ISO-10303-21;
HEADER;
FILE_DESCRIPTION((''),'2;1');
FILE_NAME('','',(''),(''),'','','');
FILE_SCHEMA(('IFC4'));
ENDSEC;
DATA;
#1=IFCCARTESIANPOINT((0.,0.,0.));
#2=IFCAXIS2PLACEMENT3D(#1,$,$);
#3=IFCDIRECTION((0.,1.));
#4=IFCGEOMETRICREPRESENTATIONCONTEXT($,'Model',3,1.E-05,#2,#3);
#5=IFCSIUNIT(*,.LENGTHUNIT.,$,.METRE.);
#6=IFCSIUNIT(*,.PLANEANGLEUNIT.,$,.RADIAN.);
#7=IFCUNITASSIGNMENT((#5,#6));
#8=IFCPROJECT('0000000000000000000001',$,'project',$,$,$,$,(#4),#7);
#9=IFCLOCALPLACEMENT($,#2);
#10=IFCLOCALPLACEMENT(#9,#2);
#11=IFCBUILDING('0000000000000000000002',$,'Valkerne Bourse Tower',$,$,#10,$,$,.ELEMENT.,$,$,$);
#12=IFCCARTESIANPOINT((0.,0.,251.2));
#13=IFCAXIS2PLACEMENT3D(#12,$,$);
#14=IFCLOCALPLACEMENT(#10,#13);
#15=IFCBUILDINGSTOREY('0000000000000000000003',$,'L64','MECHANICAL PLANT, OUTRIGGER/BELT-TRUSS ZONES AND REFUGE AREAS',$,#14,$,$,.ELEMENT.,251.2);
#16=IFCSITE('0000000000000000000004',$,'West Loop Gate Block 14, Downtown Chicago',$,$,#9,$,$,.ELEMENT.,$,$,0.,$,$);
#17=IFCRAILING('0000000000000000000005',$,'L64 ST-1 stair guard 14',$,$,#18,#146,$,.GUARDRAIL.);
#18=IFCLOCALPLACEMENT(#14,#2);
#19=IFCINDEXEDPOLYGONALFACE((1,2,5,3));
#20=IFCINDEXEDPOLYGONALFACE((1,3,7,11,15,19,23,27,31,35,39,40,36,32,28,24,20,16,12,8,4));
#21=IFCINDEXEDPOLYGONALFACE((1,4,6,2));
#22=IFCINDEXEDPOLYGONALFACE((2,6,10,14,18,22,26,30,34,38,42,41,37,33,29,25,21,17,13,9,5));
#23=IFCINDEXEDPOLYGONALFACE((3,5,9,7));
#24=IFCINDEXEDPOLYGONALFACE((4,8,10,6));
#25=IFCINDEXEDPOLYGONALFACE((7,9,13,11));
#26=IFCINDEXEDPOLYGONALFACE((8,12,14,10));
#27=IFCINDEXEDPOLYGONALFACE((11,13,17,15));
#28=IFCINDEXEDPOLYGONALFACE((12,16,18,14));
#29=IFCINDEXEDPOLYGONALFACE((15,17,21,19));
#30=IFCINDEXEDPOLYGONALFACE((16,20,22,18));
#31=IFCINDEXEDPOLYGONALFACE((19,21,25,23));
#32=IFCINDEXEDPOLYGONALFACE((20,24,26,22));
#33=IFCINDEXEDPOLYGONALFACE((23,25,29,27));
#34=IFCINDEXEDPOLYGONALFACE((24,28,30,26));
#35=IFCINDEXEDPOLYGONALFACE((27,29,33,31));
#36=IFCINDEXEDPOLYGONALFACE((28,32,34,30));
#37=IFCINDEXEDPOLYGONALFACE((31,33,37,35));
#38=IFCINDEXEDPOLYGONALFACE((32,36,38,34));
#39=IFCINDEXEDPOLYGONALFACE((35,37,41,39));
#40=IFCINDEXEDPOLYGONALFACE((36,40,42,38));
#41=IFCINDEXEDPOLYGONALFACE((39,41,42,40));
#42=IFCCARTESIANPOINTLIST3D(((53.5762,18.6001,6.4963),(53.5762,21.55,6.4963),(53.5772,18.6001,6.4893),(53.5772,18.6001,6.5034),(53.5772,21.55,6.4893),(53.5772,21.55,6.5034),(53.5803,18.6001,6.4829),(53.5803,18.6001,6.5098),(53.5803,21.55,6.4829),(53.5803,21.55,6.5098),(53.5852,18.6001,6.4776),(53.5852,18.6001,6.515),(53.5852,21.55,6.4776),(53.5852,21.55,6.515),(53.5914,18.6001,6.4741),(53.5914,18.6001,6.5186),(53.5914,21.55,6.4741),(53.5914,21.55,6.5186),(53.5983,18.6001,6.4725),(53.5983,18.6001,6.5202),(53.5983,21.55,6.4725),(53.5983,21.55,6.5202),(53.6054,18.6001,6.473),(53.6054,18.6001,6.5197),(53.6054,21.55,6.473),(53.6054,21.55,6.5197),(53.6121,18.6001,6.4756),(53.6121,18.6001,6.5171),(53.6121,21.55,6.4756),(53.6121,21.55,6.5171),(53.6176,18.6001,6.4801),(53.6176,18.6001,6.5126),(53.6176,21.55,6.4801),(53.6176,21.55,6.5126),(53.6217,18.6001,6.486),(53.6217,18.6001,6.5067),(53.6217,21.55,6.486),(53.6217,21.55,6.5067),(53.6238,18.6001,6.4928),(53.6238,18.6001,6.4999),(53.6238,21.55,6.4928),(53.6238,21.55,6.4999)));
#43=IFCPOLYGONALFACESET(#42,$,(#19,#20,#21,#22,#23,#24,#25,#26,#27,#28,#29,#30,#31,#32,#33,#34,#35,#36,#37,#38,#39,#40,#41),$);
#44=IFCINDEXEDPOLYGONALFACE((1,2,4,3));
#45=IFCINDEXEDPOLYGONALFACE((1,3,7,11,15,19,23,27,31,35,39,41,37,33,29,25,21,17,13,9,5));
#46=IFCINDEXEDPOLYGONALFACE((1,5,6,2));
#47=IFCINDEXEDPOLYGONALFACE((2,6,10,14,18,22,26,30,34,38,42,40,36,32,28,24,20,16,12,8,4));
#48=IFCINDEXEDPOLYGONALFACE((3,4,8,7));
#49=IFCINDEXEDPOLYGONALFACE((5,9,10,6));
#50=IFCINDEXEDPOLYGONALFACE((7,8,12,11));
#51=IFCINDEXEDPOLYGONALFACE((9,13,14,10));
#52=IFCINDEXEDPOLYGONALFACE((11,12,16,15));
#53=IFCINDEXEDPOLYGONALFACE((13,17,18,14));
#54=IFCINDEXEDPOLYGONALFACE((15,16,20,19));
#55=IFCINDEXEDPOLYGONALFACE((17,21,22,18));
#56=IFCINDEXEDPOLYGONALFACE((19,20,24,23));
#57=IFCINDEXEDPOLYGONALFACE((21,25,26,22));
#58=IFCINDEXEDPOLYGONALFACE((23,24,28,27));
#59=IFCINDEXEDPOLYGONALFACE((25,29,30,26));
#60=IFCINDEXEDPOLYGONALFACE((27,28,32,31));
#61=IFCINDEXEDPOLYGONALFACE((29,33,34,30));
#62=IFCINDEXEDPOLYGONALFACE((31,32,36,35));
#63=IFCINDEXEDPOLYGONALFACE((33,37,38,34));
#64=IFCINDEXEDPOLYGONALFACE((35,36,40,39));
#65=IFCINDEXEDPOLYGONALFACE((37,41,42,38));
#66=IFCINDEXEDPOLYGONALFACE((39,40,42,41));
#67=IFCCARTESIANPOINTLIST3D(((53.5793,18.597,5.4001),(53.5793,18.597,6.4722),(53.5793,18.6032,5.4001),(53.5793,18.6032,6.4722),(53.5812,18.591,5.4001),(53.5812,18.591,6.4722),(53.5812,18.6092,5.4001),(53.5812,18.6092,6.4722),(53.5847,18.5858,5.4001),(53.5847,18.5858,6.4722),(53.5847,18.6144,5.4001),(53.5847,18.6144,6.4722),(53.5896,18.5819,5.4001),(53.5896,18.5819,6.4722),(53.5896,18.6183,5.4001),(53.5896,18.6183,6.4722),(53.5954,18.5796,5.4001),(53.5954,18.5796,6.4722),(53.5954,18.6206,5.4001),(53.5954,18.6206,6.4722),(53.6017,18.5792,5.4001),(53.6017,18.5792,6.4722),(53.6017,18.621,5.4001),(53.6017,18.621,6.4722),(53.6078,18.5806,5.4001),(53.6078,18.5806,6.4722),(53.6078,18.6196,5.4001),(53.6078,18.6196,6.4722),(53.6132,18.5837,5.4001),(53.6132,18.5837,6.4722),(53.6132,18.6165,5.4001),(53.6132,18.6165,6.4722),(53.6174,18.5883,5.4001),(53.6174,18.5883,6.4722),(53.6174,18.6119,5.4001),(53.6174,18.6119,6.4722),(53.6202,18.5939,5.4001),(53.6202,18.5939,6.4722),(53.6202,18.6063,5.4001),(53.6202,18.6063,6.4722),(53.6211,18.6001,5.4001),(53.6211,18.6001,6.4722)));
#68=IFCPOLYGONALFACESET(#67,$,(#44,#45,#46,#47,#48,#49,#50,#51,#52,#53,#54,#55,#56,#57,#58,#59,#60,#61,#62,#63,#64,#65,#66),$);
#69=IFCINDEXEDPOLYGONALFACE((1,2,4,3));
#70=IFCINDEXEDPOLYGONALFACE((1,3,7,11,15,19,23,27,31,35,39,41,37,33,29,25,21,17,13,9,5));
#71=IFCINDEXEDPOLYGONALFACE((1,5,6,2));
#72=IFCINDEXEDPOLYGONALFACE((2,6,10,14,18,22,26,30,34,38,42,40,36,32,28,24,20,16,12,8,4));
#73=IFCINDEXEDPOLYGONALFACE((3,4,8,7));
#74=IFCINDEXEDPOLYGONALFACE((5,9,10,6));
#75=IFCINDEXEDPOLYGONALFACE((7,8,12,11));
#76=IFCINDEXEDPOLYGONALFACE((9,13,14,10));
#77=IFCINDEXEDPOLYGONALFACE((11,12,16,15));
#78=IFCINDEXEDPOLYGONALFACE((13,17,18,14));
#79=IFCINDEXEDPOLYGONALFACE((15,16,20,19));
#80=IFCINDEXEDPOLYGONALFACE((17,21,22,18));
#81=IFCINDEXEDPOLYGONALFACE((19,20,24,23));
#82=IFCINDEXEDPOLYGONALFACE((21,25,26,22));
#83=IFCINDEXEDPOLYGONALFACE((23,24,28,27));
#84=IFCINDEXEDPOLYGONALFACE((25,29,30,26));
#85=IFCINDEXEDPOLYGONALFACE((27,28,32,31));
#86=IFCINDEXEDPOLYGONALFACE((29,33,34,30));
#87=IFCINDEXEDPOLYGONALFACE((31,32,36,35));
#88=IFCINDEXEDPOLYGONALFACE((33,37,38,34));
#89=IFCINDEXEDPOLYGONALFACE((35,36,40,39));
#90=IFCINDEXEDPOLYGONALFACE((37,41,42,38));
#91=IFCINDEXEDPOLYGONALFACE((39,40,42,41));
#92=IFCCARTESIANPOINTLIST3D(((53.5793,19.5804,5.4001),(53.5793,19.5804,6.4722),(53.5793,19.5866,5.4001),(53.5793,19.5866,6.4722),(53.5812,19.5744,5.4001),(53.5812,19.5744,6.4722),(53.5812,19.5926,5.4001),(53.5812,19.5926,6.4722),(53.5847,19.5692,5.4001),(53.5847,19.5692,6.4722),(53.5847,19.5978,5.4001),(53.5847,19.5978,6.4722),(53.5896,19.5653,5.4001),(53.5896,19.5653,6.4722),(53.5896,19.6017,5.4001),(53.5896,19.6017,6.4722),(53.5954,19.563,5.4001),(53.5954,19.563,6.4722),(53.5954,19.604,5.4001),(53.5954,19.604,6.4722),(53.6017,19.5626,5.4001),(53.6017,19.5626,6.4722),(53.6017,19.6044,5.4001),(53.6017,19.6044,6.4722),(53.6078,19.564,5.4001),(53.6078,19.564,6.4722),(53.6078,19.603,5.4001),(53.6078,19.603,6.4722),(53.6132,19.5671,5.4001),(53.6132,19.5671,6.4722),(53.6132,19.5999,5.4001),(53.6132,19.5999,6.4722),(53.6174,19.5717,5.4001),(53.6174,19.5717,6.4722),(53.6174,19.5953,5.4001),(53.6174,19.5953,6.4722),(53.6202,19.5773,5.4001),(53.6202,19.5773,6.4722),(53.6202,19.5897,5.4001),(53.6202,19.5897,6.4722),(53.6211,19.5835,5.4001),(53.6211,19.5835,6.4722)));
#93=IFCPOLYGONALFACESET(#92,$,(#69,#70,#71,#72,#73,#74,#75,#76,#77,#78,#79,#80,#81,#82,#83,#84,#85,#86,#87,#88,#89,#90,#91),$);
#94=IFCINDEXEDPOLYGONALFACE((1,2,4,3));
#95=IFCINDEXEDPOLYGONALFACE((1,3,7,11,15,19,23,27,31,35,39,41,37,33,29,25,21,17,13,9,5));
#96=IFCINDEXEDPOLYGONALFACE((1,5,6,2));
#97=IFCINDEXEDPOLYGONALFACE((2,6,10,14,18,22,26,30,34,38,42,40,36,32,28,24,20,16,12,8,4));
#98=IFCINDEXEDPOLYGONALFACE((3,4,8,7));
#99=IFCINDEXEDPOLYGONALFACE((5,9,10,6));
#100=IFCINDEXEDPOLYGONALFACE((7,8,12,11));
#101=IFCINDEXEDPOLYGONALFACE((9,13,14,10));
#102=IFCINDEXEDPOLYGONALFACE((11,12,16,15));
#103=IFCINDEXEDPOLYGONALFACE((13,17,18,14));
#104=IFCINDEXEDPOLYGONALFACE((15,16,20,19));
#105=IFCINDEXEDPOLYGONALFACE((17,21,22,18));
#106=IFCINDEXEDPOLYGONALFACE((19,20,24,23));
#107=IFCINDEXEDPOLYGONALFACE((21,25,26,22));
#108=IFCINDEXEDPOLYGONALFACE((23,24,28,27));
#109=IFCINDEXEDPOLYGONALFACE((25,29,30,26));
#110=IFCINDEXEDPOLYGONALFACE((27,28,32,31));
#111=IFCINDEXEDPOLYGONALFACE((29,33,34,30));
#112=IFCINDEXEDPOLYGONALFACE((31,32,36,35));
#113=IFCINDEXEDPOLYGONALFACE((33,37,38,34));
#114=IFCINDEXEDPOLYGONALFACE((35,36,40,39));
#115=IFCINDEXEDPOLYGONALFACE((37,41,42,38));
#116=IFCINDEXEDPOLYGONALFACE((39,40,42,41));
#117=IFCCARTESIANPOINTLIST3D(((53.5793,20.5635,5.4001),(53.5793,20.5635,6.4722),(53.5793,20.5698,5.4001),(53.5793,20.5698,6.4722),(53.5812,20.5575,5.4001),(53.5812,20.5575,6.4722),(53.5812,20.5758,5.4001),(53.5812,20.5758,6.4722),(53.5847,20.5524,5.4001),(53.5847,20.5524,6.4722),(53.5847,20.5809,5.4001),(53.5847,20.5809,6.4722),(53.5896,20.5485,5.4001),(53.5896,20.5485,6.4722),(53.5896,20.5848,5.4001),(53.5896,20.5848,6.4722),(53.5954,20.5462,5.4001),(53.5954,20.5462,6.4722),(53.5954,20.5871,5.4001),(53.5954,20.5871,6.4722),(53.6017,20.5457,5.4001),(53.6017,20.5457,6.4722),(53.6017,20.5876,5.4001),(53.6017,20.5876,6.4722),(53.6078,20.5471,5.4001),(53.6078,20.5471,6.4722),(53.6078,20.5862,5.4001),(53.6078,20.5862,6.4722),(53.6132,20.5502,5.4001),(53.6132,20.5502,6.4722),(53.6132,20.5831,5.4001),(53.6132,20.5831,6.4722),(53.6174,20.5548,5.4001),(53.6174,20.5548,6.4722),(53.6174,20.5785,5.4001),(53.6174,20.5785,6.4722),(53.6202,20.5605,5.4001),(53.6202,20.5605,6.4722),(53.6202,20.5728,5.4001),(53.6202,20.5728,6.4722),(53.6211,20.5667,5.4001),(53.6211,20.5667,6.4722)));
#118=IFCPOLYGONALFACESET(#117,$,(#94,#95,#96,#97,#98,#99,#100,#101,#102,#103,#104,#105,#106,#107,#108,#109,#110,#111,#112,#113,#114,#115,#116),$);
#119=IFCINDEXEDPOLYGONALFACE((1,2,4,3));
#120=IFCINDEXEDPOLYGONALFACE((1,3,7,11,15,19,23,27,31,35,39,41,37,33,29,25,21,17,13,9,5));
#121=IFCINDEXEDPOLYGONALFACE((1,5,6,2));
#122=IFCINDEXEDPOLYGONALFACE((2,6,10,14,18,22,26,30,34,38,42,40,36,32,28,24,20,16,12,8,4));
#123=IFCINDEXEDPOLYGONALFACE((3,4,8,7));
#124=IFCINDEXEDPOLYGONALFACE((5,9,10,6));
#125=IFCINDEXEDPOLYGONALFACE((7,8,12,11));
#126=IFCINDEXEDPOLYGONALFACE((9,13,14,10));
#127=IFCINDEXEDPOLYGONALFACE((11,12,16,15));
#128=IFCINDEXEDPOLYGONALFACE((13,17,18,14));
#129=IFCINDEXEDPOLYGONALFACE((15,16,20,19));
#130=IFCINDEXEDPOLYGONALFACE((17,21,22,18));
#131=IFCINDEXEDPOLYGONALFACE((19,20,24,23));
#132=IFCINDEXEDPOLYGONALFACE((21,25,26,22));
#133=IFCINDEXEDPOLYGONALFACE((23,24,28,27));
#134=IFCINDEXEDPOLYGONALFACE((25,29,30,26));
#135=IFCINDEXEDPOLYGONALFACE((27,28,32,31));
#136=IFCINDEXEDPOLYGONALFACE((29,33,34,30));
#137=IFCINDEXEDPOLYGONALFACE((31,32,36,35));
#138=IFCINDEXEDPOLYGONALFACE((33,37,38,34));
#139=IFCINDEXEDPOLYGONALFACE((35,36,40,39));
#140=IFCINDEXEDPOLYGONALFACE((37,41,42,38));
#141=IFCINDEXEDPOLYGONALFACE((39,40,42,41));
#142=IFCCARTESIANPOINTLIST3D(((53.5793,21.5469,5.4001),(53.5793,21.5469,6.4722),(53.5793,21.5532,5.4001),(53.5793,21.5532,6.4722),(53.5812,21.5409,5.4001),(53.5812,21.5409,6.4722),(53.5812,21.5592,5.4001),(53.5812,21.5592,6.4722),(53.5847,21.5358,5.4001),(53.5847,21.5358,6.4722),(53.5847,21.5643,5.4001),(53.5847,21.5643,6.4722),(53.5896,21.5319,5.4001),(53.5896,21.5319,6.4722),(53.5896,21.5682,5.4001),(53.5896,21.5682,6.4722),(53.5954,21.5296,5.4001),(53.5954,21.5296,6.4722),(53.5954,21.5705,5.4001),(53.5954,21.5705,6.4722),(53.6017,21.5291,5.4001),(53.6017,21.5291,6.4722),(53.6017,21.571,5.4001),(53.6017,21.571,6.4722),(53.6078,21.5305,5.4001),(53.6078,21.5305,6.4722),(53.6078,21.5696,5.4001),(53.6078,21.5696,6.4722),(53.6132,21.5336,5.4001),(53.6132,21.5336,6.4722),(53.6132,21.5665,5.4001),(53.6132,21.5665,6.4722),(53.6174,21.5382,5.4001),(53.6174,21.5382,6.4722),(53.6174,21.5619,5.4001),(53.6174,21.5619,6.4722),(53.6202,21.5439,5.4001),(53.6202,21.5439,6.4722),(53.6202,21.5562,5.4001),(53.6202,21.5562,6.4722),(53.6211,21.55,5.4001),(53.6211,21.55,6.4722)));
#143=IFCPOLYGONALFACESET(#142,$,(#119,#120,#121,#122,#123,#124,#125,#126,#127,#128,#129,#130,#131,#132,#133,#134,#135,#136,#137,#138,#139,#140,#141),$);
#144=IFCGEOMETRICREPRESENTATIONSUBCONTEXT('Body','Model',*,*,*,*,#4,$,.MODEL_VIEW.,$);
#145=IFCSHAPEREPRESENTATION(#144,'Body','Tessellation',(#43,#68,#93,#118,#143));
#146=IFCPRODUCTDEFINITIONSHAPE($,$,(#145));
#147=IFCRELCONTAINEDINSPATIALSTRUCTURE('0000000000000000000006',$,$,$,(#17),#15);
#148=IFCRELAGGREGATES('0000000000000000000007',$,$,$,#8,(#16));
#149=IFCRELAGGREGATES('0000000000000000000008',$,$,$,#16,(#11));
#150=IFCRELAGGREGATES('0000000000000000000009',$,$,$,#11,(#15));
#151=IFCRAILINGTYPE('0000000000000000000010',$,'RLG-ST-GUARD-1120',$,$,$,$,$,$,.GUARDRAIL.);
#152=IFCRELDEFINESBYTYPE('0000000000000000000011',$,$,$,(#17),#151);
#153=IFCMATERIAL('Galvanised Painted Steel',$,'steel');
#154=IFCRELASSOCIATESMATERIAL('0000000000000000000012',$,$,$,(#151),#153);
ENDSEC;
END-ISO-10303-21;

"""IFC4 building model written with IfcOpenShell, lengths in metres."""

from ifc_helpers import new_model, si_unit, direction, frame, origin, origin_2d, place, context, subcontext, project, spatial, circle, extrude, material, type_object, element, save


model = new_model("IFC4")

# Units and contexts
model_context = context("Model", 3, precision=1e-05, world=origin(), true_north=direction((0.0, 1.0)))
body_context = subcontext(model_context, "Body", "Model", "MODEL_VIEW")
ifc_project = project(units=[si_unit("LENGTHUNIT", "METRE"), si_unit("PLANEANGLEUNIT", "RADIAN")], contexts=[model_context])

# Site, building, storey
site_placement = place(None, origin())
site = spatial("IfcSite", under=ifc_project, at=site_placement, Name="West Loop Gate Block 14, Downtown Chicago", CompositionType="ELEMENT", RefElevation=0.0)
building_placement = place(site_placement, origin())
building = spatial("IfcBuilding", under=site, at=building_placement, Name="Valkerne Bourse Tower", CompositionType="ELEMENT")
storey_placement = place(building_placement, frame((0.0, 0.0, 251.2)))
storey = spatial("IfcBuildingStorey", under=building, at=storey_placement, Name="L64", Description="MECHANICAL PLANT, OUTRIGGER/BELT-TRUSS ZONES AND REFUGE AREAS", CompositionType="ELEMENT", Elevation=251.2)

# Railing
ifc_material_1 = material(Name="Galvanised Painted Steel", Category="steel")
railing_type_1 = type_object("IfcRailingType", Name="RLG-ST-GUARD-1120", PredefinedType="GUARDRAIL", material=ifc_material_1)
railing_1_placement = place(storey_placement, frame((53.6001, 18.6001, 5.4001)))
element("IfcRailing", 1, at=railing_1_placement, inside=storey, type_object=railing_type_1, Name="L64 ST-1 stair guard 14", PredefinedType="GUARDRAIL", context=body_context, shape_type="SweptSolid", body=[
    extrude(circle(Radius=0.0239, at=origin_2d()), frame((0.0, 0.0, 1.0962), z_axis=(0.0, 1.0, 0.0), x_axis=(-1.0, 0.0, 0.0)), (0.0, 0.0, 1.0), 2.95),
    extrude(circle(Radius=0.021, at=origin_2d()), origin(), (0.0, 0.0, 1.0), 1.072),
    extrude(circle(Radius=0.021, at=origin_2d()), frame((0.0, 0.9834, 0.0)), (0.0, 0.0, 1.0), 1.072),
    extrude(circle(Radius=0.021, at=origin_2d()), frame((0.0, 1.9666, 0.0)), (0.0, 0.0, 1.0), 1.072),
    extrude(circle(Radius=0.021, at=origin_2d()), frame((0.0, 2.95, 0.0)), (0.0, 0.0, 1.0), 1.072),
])

save(model, "model.ifc")
